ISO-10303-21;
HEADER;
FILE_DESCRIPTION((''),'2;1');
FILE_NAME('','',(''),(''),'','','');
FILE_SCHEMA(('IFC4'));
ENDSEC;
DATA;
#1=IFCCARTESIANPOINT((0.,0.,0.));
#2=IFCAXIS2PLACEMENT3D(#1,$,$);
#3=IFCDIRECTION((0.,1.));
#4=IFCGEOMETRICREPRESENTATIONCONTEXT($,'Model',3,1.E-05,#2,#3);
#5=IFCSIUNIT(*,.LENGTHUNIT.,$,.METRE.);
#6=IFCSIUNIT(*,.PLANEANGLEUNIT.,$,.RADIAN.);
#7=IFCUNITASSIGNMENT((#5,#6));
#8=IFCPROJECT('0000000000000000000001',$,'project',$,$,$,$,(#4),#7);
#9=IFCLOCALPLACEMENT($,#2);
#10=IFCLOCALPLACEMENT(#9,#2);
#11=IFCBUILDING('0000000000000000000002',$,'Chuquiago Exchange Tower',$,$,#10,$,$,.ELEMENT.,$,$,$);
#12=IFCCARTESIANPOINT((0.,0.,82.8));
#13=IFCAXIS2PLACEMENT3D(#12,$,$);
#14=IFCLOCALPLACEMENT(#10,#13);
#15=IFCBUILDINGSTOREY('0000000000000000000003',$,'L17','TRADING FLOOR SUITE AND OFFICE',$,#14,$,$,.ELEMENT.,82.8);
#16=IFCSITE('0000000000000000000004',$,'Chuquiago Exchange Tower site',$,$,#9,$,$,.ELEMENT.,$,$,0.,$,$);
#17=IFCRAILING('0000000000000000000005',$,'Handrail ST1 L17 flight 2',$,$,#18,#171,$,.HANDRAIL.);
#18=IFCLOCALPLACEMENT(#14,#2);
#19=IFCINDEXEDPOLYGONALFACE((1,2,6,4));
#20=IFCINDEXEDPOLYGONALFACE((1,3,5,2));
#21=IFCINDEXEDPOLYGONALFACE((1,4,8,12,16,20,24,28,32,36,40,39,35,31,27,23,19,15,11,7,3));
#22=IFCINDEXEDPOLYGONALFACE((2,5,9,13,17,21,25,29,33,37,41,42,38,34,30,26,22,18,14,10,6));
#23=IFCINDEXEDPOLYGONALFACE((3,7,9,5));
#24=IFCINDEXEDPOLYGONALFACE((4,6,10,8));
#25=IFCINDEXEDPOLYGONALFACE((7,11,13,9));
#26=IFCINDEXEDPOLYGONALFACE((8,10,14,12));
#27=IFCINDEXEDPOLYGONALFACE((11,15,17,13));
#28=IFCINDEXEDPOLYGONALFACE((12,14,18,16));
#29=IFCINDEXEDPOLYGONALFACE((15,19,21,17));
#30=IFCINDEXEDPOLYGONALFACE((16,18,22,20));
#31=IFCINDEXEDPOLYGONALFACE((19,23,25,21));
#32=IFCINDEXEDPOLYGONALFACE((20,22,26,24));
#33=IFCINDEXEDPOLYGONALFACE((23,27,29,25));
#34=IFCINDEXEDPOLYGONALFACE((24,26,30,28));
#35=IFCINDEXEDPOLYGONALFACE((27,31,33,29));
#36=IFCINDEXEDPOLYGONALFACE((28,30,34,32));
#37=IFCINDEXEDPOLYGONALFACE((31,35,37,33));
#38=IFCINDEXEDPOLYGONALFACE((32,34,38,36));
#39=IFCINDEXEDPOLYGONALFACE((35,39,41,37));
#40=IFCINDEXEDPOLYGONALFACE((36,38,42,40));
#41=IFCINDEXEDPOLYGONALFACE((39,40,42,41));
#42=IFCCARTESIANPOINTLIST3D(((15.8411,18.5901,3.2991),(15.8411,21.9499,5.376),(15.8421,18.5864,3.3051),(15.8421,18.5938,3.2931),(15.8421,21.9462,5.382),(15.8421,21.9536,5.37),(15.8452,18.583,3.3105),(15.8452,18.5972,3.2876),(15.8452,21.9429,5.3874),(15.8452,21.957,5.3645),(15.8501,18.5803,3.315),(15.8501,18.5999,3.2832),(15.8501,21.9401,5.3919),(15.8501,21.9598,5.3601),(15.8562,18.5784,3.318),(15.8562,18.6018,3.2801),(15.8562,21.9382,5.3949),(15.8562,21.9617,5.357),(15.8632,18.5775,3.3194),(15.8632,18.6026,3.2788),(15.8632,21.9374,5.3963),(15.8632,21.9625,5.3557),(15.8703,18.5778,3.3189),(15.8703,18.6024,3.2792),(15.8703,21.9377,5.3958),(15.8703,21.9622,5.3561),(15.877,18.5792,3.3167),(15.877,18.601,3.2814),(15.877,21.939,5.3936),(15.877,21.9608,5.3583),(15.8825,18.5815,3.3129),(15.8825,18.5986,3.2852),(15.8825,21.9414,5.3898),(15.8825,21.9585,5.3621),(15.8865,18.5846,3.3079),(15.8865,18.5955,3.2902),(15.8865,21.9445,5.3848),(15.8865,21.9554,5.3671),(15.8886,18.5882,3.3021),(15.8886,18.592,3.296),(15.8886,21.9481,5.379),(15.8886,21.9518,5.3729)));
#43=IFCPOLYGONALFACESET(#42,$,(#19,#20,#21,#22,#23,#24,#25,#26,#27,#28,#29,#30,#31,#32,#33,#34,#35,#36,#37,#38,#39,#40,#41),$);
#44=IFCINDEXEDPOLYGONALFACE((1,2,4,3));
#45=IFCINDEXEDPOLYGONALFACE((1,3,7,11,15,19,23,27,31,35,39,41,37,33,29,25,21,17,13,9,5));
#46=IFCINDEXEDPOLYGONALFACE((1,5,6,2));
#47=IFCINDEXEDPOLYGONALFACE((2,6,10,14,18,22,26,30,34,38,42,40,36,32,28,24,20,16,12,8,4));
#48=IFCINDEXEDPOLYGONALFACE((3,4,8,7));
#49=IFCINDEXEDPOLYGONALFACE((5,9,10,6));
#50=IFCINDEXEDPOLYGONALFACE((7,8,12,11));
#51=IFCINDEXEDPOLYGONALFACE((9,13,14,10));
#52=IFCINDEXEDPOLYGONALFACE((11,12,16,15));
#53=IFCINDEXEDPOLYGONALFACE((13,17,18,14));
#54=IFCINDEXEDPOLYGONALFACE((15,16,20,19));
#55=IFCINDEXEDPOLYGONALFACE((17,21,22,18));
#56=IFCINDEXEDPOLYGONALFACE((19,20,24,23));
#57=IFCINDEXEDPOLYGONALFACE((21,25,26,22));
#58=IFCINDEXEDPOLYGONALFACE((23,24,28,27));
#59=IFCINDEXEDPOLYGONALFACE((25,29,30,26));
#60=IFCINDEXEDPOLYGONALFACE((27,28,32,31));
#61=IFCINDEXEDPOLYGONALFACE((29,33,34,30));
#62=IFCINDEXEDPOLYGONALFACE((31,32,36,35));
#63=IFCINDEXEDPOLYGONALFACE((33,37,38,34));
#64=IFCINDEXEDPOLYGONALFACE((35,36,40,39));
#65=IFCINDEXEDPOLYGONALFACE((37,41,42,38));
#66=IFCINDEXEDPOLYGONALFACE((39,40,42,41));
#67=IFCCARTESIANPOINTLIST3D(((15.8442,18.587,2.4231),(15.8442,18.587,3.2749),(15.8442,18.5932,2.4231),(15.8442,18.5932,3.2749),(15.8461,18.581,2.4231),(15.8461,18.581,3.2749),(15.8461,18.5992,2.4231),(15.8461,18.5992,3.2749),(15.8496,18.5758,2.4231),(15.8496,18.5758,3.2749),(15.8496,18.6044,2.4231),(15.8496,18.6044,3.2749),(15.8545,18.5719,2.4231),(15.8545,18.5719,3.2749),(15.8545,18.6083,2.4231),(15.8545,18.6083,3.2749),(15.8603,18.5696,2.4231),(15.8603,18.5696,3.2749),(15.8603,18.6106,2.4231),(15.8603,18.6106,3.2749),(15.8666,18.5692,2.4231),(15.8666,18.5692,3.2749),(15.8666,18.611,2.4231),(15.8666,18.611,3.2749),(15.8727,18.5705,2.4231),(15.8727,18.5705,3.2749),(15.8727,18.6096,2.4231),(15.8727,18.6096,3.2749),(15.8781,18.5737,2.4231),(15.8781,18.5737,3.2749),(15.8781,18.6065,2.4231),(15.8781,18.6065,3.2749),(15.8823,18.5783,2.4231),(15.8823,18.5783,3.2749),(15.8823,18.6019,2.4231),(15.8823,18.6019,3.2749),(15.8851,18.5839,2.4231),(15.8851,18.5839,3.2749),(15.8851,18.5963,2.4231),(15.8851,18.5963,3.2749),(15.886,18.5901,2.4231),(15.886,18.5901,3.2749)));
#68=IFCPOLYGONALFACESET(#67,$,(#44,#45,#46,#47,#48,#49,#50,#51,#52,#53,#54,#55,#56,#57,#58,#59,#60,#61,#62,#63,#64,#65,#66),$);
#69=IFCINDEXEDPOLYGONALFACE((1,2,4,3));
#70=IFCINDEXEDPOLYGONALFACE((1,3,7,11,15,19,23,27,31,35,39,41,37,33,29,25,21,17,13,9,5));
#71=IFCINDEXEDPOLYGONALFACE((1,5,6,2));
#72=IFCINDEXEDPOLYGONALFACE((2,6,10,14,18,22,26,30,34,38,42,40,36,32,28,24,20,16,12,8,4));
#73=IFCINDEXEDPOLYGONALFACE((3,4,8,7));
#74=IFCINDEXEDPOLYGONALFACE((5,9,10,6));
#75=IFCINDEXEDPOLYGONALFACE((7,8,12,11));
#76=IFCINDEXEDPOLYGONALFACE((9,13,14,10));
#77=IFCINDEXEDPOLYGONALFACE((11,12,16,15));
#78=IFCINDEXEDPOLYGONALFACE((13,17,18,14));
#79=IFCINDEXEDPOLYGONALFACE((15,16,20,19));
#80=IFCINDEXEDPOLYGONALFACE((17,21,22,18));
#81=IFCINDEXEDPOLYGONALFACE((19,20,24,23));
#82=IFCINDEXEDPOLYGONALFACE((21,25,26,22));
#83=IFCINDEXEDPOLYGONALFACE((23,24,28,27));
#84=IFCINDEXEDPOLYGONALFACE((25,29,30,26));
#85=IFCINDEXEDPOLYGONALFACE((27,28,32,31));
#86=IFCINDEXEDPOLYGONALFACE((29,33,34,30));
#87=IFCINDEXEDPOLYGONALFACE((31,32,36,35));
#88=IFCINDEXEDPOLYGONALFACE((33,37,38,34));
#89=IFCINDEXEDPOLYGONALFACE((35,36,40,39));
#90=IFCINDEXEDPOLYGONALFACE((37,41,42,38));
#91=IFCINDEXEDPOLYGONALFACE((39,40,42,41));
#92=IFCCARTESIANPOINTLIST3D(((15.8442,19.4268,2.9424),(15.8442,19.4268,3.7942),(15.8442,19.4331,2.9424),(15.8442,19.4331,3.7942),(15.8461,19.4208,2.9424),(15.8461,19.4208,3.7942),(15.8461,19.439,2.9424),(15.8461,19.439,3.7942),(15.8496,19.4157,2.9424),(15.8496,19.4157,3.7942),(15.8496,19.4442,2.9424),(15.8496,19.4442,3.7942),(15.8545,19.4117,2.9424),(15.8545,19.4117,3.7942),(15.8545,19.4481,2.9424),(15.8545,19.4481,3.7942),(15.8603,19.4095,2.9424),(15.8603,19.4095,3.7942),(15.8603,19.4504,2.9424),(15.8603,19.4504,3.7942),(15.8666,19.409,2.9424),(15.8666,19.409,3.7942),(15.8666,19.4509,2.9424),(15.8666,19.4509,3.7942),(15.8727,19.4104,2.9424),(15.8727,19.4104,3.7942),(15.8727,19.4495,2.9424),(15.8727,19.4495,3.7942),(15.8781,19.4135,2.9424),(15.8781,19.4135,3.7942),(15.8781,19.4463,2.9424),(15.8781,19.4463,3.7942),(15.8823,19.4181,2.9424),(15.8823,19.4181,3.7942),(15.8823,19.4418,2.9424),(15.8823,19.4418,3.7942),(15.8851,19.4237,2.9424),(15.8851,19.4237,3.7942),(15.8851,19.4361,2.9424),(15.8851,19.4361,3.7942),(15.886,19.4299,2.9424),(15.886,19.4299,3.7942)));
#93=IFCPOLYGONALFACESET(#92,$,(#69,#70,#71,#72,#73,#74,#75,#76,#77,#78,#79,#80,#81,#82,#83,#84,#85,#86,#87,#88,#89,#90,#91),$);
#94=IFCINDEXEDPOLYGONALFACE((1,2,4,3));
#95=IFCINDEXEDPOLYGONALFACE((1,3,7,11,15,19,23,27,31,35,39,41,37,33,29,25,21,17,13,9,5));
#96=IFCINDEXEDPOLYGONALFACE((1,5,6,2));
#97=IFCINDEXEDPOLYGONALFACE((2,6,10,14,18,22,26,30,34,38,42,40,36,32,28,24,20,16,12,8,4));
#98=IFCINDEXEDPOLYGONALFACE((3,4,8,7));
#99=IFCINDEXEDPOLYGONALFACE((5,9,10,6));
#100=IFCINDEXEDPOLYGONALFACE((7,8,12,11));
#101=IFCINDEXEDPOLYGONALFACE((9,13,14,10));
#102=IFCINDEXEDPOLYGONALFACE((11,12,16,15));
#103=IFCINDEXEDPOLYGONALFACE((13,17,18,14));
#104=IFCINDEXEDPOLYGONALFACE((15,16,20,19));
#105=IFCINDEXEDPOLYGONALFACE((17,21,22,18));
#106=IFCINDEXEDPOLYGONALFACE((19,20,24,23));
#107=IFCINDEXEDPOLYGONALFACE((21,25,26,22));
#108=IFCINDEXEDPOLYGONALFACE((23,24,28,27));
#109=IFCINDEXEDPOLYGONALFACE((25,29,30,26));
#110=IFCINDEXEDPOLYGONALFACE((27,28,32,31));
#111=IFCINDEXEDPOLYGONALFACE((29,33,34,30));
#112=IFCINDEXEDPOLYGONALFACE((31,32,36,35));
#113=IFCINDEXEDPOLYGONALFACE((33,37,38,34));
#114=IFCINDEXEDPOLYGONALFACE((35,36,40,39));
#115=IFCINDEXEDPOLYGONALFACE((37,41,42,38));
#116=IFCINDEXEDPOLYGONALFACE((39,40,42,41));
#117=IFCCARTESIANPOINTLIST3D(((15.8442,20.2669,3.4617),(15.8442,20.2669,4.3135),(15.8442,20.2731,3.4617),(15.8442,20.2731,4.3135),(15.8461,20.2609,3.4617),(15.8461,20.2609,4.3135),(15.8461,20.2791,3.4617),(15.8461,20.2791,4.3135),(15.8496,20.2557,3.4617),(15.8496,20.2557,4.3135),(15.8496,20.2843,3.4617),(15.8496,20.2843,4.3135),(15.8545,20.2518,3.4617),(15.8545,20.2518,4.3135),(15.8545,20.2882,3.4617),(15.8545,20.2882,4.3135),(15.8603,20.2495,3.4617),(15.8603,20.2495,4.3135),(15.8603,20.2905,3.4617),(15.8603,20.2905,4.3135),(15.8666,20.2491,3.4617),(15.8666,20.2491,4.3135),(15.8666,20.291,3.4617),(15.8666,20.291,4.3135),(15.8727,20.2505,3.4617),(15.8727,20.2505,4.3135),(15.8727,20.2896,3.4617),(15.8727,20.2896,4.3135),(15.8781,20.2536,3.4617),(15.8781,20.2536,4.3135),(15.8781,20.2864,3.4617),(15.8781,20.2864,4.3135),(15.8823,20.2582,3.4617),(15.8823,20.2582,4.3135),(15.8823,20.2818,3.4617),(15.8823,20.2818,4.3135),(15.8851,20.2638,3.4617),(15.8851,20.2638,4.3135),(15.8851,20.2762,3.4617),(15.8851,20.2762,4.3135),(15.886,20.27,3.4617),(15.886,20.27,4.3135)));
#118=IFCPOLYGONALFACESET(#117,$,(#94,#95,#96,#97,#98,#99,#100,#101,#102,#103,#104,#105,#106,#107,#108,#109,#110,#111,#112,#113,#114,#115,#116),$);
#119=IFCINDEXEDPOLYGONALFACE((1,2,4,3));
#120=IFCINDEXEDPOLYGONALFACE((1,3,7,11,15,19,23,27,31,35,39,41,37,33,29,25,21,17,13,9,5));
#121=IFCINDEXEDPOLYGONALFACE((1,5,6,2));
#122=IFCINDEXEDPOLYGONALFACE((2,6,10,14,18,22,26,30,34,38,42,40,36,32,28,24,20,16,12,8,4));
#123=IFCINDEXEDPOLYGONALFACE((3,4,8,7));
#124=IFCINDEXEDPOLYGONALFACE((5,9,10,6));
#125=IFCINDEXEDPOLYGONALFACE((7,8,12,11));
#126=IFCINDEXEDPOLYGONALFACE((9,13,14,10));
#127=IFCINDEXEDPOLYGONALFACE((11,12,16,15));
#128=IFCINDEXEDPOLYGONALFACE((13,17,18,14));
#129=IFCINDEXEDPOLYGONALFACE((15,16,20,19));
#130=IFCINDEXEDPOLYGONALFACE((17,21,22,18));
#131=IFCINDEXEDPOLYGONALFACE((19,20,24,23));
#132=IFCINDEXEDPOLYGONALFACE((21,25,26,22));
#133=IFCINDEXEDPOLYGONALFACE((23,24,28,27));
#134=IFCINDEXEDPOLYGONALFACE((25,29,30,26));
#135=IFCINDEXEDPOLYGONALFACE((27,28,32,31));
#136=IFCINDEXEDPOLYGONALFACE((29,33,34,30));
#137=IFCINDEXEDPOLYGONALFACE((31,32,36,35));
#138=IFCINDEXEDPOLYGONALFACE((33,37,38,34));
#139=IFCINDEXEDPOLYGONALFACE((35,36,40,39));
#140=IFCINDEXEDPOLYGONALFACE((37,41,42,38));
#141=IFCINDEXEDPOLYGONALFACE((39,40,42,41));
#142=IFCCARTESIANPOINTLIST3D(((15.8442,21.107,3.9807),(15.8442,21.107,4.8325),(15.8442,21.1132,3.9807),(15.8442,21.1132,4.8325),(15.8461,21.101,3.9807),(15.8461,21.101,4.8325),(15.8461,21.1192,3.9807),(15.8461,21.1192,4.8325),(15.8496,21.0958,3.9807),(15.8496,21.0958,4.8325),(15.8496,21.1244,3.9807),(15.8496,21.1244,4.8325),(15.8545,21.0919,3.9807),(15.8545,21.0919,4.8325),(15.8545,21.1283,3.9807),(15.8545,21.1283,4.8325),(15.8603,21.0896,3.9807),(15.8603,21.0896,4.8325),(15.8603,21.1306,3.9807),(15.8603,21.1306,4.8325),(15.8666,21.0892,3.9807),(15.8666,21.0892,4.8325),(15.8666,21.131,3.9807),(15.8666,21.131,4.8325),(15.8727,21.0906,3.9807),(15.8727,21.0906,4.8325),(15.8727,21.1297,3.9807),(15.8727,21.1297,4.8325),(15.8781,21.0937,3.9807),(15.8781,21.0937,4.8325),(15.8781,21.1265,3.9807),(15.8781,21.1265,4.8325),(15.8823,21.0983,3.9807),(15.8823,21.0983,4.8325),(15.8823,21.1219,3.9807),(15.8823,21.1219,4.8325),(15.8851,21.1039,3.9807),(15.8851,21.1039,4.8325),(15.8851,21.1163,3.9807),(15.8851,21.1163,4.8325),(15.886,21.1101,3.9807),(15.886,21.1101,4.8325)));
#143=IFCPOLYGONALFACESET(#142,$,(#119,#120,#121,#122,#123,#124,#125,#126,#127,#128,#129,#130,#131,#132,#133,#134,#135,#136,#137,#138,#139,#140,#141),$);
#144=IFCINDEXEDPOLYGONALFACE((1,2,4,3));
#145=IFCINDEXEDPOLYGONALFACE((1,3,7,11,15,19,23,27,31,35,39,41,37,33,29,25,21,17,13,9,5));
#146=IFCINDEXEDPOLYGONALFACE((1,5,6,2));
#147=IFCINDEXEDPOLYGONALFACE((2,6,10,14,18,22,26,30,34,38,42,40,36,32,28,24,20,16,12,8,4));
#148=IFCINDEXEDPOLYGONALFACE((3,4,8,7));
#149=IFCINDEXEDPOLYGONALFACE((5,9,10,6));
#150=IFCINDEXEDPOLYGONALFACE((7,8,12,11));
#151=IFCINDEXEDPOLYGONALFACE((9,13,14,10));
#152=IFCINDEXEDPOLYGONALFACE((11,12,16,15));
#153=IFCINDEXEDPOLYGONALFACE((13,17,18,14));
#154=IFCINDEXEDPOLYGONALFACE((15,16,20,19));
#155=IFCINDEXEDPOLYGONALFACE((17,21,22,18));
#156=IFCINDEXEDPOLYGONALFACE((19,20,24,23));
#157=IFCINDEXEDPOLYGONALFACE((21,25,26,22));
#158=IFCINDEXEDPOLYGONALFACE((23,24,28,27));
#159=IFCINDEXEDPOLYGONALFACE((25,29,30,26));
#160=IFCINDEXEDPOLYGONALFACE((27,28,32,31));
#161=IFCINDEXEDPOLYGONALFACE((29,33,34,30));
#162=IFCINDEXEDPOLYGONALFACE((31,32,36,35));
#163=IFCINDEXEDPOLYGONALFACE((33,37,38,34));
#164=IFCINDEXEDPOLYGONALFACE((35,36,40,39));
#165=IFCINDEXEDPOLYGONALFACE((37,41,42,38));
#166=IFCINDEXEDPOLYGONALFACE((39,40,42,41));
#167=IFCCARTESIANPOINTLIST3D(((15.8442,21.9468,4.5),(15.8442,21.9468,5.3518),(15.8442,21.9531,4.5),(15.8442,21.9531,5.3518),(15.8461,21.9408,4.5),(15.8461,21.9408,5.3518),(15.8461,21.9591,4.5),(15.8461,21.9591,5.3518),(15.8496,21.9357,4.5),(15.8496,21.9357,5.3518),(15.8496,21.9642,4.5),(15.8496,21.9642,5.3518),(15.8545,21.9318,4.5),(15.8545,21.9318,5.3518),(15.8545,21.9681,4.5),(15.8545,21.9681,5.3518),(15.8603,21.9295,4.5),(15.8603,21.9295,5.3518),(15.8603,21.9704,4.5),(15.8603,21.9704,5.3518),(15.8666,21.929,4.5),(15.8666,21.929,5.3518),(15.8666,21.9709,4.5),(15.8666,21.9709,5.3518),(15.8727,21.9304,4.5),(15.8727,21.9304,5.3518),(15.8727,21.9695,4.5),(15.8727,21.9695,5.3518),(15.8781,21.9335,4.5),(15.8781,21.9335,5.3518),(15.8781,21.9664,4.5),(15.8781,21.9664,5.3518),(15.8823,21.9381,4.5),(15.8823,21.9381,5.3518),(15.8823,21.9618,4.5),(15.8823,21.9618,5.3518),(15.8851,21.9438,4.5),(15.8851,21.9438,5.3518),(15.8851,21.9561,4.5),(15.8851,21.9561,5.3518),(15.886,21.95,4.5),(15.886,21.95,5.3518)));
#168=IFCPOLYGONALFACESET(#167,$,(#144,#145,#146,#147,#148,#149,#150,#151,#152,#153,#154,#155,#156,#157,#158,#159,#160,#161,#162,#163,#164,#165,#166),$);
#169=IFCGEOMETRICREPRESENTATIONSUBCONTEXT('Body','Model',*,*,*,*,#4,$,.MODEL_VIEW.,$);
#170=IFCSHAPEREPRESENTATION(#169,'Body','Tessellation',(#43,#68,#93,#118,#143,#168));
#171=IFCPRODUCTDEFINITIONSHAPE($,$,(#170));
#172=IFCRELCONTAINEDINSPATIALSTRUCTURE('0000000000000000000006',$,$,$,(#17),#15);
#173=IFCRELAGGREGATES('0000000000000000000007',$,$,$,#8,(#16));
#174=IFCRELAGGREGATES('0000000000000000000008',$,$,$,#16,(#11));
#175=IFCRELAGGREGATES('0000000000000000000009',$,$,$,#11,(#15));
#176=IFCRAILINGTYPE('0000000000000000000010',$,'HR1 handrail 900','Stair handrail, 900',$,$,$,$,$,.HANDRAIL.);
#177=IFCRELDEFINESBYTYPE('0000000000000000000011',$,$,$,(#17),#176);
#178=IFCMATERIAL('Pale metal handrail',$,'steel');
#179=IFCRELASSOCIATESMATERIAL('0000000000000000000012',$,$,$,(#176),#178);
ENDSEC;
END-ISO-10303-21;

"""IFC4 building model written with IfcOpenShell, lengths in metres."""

from ifc_helpers import new_model, si_unit, direction, frame, origin, origin_2d, place, context, subcontext, project, spatial, circle, extrude, material, type_object, element, save


model = new_model("IFC4")

# Units and contexts
model_context = context("Model", 3, precision=1e-05, world=origin(), true_north=direction((0.0, 1.0)))
body_context = subcontext(model_context, "Body", "Model", "MODEL_VIEW")
ifc_project = project(units=[si_unit("LENGTHUNIT", "METRE"), si_unit("PLANEANGLEUNIT", "RADIAN")], contexts=[model_context])

# Site, building, storey
site_placement = place(None, origin())
site = spatial("IfcSite", under=ifc_project, at=site_placement, Name="Chuquiago Exchange Tower site", CompositionType="ELEMENT", RefElevation=0.0)
building_placement = place(site_placement, origin())
building = spatial("IfcBuilding", under=site, at=building_placement, Name="Chuquiago Exchange Tower", CompositionType="ELEMENT")
storey_placement = place(building_placement, frame((0.0, 0.0, 82.8)))
storey = spatial("IfcBuildingStorey", under=building, at=storey_placement, Name="L17", Description="TRADING FLOOR SUITE AND OFFICE", CompositionType="ELEMENT", Elevation=82.8)

# Railing
ifc_material_1 = material(Name="Pale metal handrail", Category="steel")
railing_type_1 = type_object("IfcRailingType", Name="HR1 handrail 900", Description="Stair handrail, 900", PredefinedType="HANDRAIL", material=ifc_material_1)
for number, where, name in (
    (1, (15.865, 18.5901, 2.4231), "Handrail ST1 L17 flight 2"),
):
    element("IfcRailing", number, at=place(storey_placement, frame(where)), inside=storey, type_object=railing_type_1, Name=name, PredefinedType="HANDRAIL", context=body_context, shape_type="SweptSolid", body=[
        extrude(circle(Radius=0.0239, at=origin_2d()), frame((0.0, 0.0, 0.876), z_axis=(0.0, 0.850606, 0.525803), x_axis=(-1.0, 0.0, 0.0)), (0.0, 0.0, 1.0), 3.95),
        extrude(circle(Radius=0.021, at=origin_2d()), origin(), (0.0, 0.0, 1.0), 0.8518),
        extrude(circle(Radius=0.021, at=origin_2d()), frame((0.0, 0.8398, 0.5193)), (0.0, 0.0, 1.0), 0.8518),
        extrude(circle(Radius=0.021, at=origin_2d()), frame((0.0, 1.6799, 1.0386)), (0.0, 0.0, 1.0), 0.8518),
        extrude(circle(Radius=0.021, at=origin_2d()), frame((0.0, 2.52, 1.5576)), (0.0, 0.0, 1.0), 0.8518),
        extrude(circle(Radius=0.021, at=origin_2d()), frame((0.0, 3.3599, 2.0769)), (0.0, 0.0, 1.0), 0.8518),
    ])

save(model, "model.ifc")
